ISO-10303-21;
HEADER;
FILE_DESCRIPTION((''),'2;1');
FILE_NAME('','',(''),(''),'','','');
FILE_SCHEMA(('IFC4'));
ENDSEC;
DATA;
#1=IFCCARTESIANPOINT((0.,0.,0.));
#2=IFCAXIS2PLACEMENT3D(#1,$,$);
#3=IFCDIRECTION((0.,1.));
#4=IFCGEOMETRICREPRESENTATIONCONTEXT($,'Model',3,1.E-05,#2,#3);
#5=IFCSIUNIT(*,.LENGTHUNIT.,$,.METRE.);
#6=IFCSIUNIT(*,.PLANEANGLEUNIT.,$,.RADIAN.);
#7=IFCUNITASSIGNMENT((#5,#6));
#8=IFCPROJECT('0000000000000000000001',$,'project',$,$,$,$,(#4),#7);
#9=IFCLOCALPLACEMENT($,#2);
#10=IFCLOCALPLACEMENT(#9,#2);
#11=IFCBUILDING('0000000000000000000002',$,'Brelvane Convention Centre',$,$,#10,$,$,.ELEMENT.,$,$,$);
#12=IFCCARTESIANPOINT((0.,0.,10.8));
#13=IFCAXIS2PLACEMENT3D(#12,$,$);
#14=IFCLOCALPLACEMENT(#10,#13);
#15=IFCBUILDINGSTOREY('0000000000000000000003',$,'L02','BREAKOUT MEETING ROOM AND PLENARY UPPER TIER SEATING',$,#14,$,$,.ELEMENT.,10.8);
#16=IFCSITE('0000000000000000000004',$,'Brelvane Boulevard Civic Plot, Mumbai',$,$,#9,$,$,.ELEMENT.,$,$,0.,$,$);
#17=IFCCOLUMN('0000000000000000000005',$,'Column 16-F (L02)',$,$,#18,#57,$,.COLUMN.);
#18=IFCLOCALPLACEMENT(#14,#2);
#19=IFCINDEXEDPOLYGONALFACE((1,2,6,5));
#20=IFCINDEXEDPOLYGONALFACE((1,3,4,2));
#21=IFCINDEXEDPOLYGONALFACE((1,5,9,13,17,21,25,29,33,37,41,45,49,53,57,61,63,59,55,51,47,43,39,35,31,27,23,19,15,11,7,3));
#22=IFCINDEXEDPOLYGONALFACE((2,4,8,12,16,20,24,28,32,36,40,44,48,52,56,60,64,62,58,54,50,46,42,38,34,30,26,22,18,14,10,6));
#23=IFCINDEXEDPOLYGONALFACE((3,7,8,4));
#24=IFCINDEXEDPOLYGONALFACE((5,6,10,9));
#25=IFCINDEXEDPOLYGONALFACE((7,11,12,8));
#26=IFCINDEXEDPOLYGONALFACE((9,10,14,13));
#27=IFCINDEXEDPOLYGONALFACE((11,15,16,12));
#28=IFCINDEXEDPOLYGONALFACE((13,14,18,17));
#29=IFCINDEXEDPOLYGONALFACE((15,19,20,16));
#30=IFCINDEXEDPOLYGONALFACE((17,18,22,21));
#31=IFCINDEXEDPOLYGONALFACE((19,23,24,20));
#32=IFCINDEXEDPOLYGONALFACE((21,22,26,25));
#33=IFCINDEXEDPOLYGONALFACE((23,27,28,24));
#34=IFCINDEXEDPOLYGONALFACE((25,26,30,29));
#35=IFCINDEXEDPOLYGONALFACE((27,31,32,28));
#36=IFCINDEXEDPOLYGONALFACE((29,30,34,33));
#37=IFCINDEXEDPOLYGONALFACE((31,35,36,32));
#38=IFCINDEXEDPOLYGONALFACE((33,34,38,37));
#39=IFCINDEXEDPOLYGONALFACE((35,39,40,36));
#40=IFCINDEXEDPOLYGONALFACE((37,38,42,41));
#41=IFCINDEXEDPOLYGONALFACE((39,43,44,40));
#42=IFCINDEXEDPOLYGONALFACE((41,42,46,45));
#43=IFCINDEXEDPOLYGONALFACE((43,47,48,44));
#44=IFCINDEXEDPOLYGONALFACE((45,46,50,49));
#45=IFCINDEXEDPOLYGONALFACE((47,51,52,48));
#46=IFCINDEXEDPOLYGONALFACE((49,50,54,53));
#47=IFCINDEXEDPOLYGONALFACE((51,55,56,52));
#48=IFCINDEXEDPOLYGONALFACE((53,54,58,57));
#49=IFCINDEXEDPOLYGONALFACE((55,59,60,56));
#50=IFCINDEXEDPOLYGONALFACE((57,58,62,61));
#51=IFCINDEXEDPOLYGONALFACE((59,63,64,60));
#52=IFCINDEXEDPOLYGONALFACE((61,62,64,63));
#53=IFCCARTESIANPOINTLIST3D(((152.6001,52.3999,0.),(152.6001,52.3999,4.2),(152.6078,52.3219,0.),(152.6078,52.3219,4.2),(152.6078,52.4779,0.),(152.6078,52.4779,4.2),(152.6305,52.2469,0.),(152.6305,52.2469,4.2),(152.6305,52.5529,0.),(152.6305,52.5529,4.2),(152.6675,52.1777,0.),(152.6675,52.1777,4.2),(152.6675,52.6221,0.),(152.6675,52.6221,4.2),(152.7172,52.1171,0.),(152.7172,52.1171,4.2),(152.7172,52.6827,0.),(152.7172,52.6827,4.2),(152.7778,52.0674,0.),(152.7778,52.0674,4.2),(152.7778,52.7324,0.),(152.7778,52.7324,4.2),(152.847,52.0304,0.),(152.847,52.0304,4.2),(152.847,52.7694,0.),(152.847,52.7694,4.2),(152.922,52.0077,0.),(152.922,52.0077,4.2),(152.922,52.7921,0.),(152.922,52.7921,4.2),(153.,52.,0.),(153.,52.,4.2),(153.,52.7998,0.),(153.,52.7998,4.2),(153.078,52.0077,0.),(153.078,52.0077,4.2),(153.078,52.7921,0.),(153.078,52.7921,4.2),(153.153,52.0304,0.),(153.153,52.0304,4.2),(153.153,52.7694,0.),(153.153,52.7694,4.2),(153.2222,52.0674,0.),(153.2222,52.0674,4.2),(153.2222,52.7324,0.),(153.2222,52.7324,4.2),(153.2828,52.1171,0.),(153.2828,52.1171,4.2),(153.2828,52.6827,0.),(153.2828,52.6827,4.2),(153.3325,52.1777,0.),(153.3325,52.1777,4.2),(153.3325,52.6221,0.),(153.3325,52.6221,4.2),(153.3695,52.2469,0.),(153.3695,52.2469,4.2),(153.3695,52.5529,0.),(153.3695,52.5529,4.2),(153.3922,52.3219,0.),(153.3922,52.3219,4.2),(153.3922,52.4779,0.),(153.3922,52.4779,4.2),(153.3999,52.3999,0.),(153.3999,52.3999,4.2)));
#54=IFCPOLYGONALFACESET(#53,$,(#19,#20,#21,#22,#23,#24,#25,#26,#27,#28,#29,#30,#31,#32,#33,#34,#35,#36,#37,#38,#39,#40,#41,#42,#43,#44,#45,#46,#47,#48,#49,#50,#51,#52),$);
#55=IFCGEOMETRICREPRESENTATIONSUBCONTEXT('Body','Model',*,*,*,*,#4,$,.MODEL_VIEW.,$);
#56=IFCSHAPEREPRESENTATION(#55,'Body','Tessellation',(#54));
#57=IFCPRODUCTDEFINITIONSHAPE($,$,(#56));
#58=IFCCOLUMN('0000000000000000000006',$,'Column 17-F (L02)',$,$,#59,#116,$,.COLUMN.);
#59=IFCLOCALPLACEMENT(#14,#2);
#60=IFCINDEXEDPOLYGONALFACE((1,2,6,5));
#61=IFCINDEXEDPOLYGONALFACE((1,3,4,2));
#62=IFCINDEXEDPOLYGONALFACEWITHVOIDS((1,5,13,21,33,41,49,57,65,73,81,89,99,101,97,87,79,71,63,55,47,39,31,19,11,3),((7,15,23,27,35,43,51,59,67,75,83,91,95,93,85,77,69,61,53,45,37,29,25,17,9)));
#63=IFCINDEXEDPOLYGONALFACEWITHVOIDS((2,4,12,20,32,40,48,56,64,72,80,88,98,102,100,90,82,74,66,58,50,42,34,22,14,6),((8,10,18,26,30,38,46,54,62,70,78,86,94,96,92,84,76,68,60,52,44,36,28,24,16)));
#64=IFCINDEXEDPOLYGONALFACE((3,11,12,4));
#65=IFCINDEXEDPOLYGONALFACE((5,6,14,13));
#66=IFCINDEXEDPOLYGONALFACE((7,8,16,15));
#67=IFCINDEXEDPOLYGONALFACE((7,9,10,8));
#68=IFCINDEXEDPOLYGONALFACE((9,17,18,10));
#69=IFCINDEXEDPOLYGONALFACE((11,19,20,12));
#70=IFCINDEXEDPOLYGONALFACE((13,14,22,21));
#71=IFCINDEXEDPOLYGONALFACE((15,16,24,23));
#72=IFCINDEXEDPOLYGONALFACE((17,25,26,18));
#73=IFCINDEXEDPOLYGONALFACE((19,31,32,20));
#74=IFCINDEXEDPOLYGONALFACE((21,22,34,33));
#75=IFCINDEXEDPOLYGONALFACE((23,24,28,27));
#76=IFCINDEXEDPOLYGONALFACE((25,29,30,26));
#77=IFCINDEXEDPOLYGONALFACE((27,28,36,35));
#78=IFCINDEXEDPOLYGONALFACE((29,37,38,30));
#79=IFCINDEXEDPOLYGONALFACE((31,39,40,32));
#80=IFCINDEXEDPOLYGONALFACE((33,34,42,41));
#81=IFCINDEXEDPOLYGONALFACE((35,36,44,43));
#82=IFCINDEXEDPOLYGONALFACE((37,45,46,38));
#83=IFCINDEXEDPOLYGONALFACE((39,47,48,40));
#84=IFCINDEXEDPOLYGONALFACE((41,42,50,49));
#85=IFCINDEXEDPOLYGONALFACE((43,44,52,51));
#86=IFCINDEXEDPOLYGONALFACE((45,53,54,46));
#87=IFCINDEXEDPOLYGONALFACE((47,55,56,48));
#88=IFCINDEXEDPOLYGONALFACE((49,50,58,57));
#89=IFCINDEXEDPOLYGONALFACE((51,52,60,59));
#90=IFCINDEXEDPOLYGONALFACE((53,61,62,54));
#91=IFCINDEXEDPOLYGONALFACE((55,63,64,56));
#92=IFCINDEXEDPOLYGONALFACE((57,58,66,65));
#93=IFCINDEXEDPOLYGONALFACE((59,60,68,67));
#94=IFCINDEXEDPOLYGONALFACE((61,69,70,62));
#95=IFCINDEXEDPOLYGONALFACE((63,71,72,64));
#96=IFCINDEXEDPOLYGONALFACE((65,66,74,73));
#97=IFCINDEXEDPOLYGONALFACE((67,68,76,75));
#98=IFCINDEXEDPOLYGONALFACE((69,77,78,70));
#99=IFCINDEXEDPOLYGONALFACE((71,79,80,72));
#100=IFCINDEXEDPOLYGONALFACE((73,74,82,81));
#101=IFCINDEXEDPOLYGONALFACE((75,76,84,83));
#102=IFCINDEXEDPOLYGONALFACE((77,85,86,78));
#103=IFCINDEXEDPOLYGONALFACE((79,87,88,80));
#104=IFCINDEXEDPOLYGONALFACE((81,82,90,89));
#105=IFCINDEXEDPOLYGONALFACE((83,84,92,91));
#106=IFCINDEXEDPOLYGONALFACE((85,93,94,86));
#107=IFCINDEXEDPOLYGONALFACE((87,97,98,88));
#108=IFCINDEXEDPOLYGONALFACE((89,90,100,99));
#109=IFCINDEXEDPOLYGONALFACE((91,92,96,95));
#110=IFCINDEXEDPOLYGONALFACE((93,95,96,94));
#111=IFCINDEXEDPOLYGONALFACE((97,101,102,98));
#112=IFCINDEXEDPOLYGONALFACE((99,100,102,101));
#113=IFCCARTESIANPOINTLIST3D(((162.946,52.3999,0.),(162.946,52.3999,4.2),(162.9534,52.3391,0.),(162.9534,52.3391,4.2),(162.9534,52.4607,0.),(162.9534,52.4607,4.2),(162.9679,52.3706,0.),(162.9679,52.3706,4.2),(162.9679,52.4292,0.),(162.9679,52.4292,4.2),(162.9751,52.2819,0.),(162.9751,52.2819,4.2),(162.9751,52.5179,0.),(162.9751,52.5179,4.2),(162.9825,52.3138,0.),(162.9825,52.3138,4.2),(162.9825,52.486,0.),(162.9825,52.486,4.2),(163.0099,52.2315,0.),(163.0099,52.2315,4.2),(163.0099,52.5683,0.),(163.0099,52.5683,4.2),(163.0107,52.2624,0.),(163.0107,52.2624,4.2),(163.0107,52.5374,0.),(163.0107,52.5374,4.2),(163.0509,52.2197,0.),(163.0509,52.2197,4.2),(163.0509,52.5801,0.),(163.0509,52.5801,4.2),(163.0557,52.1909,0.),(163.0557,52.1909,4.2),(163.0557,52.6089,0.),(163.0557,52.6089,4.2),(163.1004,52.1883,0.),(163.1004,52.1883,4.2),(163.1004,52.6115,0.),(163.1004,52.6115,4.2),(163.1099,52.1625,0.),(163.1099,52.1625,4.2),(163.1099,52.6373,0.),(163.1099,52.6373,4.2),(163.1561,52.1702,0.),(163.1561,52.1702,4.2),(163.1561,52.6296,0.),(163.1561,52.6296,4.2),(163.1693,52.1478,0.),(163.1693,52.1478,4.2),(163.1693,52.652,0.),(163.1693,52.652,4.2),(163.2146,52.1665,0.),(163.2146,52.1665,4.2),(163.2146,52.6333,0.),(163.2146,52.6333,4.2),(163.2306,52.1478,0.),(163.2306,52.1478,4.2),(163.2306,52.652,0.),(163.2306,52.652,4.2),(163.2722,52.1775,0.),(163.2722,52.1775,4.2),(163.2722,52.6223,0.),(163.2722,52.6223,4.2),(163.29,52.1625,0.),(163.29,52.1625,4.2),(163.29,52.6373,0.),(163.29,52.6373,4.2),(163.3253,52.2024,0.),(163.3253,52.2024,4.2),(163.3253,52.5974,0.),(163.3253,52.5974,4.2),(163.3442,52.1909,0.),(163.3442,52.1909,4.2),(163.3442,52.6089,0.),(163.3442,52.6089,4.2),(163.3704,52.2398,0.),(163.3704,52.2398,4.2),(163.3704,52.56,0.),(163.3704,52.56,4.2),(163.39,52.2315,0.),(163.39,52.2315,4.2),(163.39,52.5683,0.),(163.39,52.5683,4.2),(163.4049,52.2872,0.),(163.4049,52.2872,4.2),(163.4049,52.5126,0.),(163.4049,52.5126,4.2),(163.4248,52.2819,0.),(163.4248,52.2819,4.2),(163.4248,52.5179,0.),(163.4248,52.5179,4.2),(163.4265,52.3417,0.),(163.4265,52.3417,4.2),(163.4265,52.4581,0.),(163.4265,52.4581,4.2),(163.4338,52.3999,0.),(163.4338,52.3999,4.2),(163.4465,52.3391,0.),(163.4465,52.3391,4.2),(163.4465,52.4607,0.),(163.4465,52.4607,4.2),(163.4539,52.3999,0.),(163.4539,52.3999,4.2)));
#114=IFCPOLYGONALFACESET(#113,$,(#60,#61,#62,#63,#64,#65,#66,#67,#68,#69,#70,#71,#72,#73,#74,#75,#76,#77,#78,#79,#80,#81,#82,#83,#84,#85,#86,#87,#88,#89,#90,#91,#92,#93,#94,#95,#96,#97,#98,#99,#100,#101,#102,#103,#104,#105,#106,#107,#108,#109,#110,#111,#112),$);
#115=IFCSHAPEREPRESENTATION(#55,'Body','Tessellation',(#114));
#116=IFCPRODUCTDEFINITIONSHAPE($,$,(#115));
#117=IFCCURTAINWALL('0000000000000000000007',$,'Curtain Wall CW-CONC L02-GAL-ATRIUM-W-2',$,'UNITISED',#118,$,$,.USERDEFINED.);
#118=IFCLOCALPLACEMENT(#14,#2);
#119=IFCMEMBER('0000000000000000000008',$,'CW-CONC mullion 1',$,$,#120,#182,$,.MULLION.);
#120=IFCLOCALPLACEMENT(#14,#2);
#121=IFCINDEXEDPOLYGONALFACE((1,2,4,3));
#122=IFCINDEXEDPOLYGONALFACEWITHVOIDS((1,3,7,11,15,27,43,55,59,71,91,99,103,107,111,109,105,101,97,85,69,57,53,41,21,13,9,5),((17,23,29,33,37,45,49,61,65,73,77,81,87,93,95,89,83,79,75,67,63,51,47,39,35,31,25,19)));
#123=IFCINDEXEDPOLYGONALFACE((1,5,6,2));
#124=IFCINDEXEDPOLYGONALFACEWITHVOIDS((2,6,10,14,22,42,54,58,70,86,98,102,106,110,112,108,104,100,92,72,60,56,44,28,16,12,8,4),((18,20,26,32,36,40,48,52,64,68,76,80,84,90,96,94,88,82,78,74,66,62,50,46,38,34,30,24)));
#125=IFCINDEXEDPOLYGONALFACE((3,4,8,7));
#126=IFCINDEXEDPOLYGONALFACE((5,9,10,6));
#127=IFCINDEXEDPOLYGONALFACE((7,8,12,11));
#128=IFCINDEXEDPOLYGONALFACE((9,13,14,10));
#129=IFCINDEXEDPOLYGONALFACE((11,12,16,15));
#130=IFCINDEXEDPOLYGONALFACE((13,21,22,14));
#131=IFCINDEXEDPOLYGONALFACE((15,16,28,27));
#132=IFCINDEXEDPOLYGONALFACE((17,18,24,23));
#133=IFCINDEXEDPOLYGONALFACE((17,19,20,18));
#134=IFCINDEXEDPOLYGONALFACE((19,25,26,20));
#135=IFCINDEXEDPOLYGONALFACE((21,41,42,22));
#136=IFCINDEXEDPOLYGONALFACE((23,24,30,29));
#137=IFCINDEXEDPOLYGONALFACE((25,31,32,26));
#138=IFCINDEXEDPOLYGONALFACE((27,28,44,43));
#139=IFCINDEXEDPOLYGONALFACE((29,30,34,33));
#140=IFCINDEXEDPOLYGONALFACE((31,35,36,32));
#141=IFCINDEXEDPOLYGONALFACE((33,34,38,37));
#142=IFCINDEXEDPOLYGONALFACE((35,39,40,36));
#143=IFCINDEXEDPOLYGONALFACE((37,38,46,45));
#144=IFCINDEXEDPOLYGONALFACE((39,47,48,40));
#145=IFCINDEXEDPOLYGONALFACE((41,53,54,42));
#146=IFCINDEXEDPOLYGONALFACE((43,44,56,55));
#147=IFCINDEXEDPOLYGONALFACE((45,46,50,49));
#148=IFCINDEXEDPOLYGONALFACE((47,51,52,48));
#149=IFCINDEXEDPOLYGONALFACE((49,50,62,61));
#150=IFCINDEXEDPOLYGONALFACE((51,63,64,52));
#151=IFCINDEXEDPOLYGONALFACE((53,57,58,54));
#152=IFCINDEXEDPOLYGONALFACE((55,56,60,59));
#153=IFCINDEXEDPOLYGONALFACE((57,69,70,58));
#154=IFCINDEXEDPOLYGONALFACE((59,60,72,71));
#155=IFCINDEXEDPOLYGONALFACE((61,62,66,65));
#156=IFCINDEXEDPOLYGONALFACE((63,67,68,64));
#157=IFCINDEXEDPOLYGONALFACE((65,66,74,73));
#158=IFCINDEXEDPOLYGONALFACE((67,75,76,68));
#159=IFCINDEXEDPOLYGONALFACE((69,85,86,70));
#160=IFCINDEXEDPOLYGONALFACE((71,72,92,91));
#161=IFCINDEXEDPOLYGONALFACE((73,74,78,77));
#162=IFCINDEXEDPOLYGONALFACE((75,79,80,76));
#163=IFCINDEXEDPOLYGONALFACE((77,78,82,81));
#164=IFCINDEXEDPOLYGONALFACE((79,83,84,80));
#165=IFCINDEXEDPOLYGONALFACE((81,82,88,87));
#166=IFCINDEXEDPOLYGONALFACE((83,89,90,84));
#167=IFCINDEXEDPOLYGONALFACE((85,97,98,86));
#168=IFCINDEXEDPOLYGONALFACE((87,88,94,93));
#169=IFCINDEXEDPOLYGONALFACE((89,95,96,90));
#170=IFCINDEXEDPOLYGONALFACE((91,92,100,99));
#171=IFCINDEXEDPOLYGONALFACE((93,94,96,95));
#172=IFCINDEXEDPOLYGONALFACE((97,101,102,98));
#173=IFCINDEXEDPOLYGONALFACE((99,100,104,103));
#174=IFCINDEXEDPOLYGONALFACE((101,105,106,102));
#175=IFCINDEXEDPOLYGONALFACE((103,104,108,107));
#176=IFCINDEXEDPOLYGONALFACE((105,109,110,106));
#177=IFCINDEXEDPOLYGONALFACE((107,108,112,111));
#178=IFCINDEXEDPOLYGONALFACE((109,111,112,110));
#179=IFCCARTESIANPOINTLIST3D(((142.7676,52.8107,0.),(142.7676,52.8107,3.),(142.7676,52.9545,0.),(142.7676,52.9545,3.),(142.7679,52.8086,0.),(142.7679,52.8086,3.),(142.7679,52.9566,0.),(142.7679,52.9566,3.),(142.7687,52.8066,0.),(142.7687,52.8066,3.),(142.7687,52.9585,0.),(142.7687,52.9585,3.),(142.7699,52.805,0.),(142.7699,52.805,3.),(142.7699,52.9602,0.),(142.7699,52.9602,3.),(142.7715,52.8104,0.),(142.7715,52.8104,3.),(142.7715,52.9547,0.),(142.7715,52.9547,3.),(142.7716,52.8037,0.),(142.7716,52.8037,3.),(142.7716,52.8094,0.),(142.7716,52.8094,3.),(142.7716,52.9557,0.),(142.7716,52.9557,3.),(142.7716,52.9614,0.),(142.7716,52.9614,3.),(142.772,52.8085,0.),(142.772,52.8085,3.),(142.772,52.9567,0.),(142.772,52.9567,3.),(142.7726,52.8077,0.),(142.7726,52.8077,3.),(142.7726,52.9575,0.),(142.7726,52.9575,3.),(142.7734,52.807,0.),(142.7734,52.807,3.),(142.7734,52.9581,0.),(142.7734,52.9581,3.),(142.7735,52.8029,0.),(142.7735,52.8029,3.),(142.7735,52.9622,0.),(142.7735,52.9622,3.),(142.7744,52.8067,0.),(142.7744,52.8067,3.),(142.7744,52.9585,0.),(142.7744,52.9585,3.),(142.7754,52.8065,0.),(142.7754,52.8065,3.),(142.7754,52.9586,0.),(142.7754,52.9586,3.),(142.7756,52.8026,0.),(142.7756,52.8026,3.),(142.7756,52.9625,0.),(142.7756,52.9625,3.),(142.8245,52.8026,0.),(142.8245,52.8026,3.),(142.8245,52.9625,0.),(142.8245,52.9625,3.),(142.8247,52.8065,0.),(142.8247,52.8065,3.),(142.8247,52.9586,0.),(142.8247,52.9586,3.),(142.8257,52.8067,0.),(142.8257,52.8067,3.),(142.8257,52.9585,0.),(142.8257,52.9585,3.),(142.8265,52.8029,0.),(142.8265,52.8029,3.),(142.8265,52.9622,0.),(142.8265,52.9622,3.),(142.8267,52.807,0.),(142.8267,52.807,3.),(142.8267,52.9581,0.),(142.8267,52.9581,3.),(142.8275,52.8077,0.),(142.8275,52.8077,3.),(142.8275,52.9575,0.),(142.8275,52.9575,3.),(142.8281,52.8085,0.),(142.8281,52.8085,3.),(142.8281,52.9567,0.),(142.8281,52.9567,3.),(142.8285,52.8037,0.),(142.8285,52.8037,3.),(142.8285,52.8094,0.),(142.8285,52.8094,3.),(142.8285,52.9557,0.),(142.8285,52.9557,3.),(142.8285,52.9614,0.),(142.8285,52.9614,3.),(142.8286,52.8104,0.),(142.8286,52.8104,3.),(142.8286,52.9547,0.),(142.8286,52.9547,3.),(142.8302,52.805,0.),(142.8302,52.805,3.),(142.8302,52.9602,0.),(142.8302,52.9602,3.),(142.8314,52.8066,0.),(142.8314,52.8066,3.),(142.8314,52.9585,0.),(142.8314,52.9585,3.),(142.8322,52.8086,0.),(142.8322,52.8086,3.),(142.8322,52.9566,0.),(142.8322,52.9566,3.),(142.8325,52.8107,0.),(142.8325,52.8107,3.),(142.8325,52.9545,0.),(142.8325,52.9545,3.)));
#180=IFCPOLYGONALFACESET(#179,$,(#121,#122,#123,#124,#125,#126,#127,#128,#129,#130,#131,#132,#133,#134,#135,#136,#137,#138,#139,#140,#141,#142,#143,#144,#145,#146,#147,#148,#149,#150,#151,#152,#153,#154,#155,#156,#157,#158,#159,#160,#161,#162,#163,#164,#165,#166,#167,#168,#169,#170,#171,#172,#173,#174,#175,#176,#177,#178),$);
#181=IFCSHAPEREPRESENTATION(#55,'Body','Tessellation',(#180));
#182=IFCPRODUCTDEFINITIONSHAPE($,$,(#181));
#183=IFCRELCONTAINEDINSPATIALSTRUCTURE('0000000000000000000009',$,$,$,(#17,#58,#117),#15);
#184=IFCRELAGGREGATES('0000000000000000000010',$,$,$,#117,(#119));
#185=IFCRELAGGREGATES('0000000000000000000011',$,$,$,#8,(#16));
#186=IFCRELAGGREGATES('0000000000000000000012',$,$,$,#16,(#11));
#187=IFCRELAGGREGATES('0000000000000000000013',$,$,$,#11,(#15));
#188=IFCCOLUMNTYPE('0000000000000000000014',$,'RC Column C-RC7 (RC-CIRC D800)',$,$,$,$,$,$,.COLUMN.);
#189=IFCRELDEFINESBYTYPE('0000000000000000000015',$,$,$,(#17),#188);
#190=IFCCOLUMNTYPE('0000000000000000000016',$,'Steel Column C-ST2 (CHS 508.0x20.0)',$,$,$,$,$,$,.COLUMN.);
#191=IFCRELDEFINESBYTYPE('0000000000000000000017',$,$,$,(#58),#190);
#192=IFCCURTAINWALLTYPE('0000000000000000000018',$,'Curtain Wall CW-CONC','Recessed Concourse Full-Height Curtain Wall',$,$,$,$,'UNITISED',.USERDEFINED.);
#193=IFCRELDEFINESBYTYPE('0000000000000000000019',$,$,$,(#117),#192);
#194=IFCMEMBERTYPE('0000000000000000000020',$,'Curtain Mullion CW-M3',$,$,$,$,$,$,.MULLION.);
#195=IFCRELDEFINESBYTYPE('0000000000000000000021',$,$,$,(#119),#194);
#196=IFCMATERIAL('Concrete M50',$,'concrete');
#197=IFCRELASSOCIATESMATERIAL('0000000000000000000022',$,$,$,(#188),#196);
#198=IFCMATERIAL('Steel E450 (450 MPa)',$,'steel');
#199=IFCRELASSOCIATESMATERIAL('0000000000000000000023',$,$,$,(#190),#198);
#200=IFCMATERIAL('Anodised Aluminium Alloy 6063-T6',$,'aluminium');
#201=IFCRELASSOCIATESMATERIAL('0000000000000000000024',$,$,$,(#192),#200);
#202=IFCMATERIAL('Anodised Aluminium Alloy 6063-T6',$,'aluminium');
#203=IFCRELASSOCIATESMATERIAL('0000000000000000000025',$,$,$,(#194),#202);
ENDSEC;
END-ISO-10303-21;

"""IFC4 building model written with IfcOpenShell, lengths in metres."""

from ifc_helpers import new_model, si_unit, direction, frame, origin, origin_2d, place, context, subcontext, project, spatial, hollow_rectangle, circle, hollow_circle, extrude, material, material_profile, profile_set, type_object, element, aggregate, save


model = new_model("IFC4")

# Units and contexts
model_context = context("Model", 3, precision=1e-05, world=origin(), true_north=direction((0.0, 1.0)))
body_context = subcontext(model_context, "Body", "Model", "MODEL_VIEW")
ifc_project = project(units=[si_unit("LENGTHUNIT", "METRE"), si_unit("PLANEANGLEUNIT", "RADIAN")], contexts=[model_context])

# Site, building, storey
site_placement = place(None, origin())
site = spatial("IfcSite", under=ifc_project, at=site_placement, Name="Brelvane Boulevard Civic Plot, Mumbai", CompositionType="ELEMENT", RefElevation=0.0)
building_placement = place(site_placement, origin())
building = spatial("IfcBuilding", under=site, at=building_placement, Name="Brelvane Convention Centre", CompositionType="ELEMENT")
storey_placement = place(building_placement, frame((0.0, 0.0, 10.8)))
storey = spatial("IfcBuildingStorey", under=building, at=storey_placement, Name="L02", Description="BREAKOUT MEETING ROOM AND PLENARY UPPER TIER SEATING", CompositionType="ELEMENT", Elevation=10.8)

# Columns
ifc_material_1 = material(Name="Concrete M50", Category="concrete")
ifc_material_profile_1 = material_profile(ifc_material_1, circle(Radius=0.3999, at=origin_2d()), Name="RC-CIRC D800")
ifc_profile_set_1 = profile_set([ifc_material_profile_1], Name="Concrete M50")
column_type_1 = type_object("IfcColumnType", Name="RC Column C-RC7 (RC-CIRC D800)", PredefinedType="COLUMN", material=ifc_profile_set_1)
column_1_placement = place(storey_placement, frame((153.0, 52.3999, 0.0), z_axis=(0.0, 0.0, 1.0), x_axis=(1.0, 0.0, 0.0)))
element("IfcColumn", 1, at=column_1_placement, inside=storey, type_object=column_type_1, Name="Column 16-F (L02)", PredefinedType="COLUMN", context=body_context, shape_type="SweptSolid", body=[
    extrude(circle(Radius=0.3999, at=origin_2d()), origin(), (0.0, 0.0, 1.0), 4.2),
])
ifc_material_2 = material(Name="Steel E450 (450 MPa)", Category="steel")
ifc_material_profile_2 = material_profile(ifc_material_2, hollow_circle(Radius=0.2539, WallThickness=0.02, at=origin_2d()), Name="CHS 508.0x20.0")
ifc_profile_set_2 = profile_set([ifc_material_profile_2], Name="Steel E450 (450 MPa)")
column_type_2 = type_object("IfcColumnType", Name="Steel Column C-ST2 (CHS 508.0x20.0)", PredefinedType="COLUMN", material=ifc_profile_set_2)
column_2_placement = place(storey_placement, frame((163.2, 52.3999, 0.0), z_axis=(0.0, 0.0, 1.0), x_axis=(1.0, 0.0, 0.0)))
element("IfcColumn", 2, at=column_2_placement, inside=storey, type_object=column_type_2, Name="Column 17-F (L02)", PredefinedType="COLUMN", context=body_context, shape_type="SweptSolid", body=[
    extrude(hollow_circle(Radius=0.2539, WallThickness=0.02, at=origin_2d()), origin(), (0.0, 0.0, 1.0), 4.2),
])

# Curtain wall, member
ifc_material_3 = material(Name="Anodised Aluminium Alloy 6063-T6", Category="aluminium")
curtain_wall_type = type_object("IfcCurtainWallType", Name="Curtain Wall CW-CONC", Description="Recessed Concourse Full-Height Curtain Wall", ElementType="UNITISED", PredefinedType="USERDEFINED", material=ifc_material_3)
curtain_wall_1_placement = place(storey_placement, origin())
curtain_wall_1 = element("IfcCurtainWall", 3, at=curtain_wall_1_placement, inside=storey, type_object=curtain_wall_type, Name="Curtain Wall CW-CONC L02-GAL-ATRIUM-W-2", ObjectType="UNITISED", PredefinedType="USERDEFINED")
ifc_material_4 = material(Name="Anodised Aluminium Alloy 6063-T6", Category="aluminium")
ifc_material_profile_3 = material_profile(ifc_material_4, hollow_rectangle(XDim=0.0649, YDim=0.1599, WallThickness=0.0039, InnerFilletRadius=0.0039, OuterFilletRadius=0.0081, at=origin_2d()), Name="ALU-M 160x65x4.0")
ifc_profile_set_3 = profile_set([ifc_material_profile_3], Name="Anodised Aluminium Alloy 6063-T6")
member_type_1 = type_object("IfcMemberType", Name="Curtain Mullion CW-M3", PredefinedType="MULLION", material=ifc_profile_set_3)
member_1_placement = place(storey_placement, frame((142.8, 52.8826, 0.0), z_axis=(0.0, 0.0, 1.0), x_axis=(-1.0, 0.0, 0.0)))
member_1 = element("IfcMember", 4, at=member_1_placement, type_object=member_type_1, Name="CW-CONC mullion 1", PredefinedType="MULLION", context=body_context, shape_type="SweptSolid", body=[
    extrude(hollow_rectangle(XDim=0.0649, YDim=0.1599, WallThickness=0.0039, InnerFilletRadius=0.0039, OuterFilletRadius=0.0081, at=origin_2d()), origin(), (0.0, 0.0, 1.0), 3.0),
])

aggregate(curtain_wall_1, [member_1])

save(model, "model.ifc")
